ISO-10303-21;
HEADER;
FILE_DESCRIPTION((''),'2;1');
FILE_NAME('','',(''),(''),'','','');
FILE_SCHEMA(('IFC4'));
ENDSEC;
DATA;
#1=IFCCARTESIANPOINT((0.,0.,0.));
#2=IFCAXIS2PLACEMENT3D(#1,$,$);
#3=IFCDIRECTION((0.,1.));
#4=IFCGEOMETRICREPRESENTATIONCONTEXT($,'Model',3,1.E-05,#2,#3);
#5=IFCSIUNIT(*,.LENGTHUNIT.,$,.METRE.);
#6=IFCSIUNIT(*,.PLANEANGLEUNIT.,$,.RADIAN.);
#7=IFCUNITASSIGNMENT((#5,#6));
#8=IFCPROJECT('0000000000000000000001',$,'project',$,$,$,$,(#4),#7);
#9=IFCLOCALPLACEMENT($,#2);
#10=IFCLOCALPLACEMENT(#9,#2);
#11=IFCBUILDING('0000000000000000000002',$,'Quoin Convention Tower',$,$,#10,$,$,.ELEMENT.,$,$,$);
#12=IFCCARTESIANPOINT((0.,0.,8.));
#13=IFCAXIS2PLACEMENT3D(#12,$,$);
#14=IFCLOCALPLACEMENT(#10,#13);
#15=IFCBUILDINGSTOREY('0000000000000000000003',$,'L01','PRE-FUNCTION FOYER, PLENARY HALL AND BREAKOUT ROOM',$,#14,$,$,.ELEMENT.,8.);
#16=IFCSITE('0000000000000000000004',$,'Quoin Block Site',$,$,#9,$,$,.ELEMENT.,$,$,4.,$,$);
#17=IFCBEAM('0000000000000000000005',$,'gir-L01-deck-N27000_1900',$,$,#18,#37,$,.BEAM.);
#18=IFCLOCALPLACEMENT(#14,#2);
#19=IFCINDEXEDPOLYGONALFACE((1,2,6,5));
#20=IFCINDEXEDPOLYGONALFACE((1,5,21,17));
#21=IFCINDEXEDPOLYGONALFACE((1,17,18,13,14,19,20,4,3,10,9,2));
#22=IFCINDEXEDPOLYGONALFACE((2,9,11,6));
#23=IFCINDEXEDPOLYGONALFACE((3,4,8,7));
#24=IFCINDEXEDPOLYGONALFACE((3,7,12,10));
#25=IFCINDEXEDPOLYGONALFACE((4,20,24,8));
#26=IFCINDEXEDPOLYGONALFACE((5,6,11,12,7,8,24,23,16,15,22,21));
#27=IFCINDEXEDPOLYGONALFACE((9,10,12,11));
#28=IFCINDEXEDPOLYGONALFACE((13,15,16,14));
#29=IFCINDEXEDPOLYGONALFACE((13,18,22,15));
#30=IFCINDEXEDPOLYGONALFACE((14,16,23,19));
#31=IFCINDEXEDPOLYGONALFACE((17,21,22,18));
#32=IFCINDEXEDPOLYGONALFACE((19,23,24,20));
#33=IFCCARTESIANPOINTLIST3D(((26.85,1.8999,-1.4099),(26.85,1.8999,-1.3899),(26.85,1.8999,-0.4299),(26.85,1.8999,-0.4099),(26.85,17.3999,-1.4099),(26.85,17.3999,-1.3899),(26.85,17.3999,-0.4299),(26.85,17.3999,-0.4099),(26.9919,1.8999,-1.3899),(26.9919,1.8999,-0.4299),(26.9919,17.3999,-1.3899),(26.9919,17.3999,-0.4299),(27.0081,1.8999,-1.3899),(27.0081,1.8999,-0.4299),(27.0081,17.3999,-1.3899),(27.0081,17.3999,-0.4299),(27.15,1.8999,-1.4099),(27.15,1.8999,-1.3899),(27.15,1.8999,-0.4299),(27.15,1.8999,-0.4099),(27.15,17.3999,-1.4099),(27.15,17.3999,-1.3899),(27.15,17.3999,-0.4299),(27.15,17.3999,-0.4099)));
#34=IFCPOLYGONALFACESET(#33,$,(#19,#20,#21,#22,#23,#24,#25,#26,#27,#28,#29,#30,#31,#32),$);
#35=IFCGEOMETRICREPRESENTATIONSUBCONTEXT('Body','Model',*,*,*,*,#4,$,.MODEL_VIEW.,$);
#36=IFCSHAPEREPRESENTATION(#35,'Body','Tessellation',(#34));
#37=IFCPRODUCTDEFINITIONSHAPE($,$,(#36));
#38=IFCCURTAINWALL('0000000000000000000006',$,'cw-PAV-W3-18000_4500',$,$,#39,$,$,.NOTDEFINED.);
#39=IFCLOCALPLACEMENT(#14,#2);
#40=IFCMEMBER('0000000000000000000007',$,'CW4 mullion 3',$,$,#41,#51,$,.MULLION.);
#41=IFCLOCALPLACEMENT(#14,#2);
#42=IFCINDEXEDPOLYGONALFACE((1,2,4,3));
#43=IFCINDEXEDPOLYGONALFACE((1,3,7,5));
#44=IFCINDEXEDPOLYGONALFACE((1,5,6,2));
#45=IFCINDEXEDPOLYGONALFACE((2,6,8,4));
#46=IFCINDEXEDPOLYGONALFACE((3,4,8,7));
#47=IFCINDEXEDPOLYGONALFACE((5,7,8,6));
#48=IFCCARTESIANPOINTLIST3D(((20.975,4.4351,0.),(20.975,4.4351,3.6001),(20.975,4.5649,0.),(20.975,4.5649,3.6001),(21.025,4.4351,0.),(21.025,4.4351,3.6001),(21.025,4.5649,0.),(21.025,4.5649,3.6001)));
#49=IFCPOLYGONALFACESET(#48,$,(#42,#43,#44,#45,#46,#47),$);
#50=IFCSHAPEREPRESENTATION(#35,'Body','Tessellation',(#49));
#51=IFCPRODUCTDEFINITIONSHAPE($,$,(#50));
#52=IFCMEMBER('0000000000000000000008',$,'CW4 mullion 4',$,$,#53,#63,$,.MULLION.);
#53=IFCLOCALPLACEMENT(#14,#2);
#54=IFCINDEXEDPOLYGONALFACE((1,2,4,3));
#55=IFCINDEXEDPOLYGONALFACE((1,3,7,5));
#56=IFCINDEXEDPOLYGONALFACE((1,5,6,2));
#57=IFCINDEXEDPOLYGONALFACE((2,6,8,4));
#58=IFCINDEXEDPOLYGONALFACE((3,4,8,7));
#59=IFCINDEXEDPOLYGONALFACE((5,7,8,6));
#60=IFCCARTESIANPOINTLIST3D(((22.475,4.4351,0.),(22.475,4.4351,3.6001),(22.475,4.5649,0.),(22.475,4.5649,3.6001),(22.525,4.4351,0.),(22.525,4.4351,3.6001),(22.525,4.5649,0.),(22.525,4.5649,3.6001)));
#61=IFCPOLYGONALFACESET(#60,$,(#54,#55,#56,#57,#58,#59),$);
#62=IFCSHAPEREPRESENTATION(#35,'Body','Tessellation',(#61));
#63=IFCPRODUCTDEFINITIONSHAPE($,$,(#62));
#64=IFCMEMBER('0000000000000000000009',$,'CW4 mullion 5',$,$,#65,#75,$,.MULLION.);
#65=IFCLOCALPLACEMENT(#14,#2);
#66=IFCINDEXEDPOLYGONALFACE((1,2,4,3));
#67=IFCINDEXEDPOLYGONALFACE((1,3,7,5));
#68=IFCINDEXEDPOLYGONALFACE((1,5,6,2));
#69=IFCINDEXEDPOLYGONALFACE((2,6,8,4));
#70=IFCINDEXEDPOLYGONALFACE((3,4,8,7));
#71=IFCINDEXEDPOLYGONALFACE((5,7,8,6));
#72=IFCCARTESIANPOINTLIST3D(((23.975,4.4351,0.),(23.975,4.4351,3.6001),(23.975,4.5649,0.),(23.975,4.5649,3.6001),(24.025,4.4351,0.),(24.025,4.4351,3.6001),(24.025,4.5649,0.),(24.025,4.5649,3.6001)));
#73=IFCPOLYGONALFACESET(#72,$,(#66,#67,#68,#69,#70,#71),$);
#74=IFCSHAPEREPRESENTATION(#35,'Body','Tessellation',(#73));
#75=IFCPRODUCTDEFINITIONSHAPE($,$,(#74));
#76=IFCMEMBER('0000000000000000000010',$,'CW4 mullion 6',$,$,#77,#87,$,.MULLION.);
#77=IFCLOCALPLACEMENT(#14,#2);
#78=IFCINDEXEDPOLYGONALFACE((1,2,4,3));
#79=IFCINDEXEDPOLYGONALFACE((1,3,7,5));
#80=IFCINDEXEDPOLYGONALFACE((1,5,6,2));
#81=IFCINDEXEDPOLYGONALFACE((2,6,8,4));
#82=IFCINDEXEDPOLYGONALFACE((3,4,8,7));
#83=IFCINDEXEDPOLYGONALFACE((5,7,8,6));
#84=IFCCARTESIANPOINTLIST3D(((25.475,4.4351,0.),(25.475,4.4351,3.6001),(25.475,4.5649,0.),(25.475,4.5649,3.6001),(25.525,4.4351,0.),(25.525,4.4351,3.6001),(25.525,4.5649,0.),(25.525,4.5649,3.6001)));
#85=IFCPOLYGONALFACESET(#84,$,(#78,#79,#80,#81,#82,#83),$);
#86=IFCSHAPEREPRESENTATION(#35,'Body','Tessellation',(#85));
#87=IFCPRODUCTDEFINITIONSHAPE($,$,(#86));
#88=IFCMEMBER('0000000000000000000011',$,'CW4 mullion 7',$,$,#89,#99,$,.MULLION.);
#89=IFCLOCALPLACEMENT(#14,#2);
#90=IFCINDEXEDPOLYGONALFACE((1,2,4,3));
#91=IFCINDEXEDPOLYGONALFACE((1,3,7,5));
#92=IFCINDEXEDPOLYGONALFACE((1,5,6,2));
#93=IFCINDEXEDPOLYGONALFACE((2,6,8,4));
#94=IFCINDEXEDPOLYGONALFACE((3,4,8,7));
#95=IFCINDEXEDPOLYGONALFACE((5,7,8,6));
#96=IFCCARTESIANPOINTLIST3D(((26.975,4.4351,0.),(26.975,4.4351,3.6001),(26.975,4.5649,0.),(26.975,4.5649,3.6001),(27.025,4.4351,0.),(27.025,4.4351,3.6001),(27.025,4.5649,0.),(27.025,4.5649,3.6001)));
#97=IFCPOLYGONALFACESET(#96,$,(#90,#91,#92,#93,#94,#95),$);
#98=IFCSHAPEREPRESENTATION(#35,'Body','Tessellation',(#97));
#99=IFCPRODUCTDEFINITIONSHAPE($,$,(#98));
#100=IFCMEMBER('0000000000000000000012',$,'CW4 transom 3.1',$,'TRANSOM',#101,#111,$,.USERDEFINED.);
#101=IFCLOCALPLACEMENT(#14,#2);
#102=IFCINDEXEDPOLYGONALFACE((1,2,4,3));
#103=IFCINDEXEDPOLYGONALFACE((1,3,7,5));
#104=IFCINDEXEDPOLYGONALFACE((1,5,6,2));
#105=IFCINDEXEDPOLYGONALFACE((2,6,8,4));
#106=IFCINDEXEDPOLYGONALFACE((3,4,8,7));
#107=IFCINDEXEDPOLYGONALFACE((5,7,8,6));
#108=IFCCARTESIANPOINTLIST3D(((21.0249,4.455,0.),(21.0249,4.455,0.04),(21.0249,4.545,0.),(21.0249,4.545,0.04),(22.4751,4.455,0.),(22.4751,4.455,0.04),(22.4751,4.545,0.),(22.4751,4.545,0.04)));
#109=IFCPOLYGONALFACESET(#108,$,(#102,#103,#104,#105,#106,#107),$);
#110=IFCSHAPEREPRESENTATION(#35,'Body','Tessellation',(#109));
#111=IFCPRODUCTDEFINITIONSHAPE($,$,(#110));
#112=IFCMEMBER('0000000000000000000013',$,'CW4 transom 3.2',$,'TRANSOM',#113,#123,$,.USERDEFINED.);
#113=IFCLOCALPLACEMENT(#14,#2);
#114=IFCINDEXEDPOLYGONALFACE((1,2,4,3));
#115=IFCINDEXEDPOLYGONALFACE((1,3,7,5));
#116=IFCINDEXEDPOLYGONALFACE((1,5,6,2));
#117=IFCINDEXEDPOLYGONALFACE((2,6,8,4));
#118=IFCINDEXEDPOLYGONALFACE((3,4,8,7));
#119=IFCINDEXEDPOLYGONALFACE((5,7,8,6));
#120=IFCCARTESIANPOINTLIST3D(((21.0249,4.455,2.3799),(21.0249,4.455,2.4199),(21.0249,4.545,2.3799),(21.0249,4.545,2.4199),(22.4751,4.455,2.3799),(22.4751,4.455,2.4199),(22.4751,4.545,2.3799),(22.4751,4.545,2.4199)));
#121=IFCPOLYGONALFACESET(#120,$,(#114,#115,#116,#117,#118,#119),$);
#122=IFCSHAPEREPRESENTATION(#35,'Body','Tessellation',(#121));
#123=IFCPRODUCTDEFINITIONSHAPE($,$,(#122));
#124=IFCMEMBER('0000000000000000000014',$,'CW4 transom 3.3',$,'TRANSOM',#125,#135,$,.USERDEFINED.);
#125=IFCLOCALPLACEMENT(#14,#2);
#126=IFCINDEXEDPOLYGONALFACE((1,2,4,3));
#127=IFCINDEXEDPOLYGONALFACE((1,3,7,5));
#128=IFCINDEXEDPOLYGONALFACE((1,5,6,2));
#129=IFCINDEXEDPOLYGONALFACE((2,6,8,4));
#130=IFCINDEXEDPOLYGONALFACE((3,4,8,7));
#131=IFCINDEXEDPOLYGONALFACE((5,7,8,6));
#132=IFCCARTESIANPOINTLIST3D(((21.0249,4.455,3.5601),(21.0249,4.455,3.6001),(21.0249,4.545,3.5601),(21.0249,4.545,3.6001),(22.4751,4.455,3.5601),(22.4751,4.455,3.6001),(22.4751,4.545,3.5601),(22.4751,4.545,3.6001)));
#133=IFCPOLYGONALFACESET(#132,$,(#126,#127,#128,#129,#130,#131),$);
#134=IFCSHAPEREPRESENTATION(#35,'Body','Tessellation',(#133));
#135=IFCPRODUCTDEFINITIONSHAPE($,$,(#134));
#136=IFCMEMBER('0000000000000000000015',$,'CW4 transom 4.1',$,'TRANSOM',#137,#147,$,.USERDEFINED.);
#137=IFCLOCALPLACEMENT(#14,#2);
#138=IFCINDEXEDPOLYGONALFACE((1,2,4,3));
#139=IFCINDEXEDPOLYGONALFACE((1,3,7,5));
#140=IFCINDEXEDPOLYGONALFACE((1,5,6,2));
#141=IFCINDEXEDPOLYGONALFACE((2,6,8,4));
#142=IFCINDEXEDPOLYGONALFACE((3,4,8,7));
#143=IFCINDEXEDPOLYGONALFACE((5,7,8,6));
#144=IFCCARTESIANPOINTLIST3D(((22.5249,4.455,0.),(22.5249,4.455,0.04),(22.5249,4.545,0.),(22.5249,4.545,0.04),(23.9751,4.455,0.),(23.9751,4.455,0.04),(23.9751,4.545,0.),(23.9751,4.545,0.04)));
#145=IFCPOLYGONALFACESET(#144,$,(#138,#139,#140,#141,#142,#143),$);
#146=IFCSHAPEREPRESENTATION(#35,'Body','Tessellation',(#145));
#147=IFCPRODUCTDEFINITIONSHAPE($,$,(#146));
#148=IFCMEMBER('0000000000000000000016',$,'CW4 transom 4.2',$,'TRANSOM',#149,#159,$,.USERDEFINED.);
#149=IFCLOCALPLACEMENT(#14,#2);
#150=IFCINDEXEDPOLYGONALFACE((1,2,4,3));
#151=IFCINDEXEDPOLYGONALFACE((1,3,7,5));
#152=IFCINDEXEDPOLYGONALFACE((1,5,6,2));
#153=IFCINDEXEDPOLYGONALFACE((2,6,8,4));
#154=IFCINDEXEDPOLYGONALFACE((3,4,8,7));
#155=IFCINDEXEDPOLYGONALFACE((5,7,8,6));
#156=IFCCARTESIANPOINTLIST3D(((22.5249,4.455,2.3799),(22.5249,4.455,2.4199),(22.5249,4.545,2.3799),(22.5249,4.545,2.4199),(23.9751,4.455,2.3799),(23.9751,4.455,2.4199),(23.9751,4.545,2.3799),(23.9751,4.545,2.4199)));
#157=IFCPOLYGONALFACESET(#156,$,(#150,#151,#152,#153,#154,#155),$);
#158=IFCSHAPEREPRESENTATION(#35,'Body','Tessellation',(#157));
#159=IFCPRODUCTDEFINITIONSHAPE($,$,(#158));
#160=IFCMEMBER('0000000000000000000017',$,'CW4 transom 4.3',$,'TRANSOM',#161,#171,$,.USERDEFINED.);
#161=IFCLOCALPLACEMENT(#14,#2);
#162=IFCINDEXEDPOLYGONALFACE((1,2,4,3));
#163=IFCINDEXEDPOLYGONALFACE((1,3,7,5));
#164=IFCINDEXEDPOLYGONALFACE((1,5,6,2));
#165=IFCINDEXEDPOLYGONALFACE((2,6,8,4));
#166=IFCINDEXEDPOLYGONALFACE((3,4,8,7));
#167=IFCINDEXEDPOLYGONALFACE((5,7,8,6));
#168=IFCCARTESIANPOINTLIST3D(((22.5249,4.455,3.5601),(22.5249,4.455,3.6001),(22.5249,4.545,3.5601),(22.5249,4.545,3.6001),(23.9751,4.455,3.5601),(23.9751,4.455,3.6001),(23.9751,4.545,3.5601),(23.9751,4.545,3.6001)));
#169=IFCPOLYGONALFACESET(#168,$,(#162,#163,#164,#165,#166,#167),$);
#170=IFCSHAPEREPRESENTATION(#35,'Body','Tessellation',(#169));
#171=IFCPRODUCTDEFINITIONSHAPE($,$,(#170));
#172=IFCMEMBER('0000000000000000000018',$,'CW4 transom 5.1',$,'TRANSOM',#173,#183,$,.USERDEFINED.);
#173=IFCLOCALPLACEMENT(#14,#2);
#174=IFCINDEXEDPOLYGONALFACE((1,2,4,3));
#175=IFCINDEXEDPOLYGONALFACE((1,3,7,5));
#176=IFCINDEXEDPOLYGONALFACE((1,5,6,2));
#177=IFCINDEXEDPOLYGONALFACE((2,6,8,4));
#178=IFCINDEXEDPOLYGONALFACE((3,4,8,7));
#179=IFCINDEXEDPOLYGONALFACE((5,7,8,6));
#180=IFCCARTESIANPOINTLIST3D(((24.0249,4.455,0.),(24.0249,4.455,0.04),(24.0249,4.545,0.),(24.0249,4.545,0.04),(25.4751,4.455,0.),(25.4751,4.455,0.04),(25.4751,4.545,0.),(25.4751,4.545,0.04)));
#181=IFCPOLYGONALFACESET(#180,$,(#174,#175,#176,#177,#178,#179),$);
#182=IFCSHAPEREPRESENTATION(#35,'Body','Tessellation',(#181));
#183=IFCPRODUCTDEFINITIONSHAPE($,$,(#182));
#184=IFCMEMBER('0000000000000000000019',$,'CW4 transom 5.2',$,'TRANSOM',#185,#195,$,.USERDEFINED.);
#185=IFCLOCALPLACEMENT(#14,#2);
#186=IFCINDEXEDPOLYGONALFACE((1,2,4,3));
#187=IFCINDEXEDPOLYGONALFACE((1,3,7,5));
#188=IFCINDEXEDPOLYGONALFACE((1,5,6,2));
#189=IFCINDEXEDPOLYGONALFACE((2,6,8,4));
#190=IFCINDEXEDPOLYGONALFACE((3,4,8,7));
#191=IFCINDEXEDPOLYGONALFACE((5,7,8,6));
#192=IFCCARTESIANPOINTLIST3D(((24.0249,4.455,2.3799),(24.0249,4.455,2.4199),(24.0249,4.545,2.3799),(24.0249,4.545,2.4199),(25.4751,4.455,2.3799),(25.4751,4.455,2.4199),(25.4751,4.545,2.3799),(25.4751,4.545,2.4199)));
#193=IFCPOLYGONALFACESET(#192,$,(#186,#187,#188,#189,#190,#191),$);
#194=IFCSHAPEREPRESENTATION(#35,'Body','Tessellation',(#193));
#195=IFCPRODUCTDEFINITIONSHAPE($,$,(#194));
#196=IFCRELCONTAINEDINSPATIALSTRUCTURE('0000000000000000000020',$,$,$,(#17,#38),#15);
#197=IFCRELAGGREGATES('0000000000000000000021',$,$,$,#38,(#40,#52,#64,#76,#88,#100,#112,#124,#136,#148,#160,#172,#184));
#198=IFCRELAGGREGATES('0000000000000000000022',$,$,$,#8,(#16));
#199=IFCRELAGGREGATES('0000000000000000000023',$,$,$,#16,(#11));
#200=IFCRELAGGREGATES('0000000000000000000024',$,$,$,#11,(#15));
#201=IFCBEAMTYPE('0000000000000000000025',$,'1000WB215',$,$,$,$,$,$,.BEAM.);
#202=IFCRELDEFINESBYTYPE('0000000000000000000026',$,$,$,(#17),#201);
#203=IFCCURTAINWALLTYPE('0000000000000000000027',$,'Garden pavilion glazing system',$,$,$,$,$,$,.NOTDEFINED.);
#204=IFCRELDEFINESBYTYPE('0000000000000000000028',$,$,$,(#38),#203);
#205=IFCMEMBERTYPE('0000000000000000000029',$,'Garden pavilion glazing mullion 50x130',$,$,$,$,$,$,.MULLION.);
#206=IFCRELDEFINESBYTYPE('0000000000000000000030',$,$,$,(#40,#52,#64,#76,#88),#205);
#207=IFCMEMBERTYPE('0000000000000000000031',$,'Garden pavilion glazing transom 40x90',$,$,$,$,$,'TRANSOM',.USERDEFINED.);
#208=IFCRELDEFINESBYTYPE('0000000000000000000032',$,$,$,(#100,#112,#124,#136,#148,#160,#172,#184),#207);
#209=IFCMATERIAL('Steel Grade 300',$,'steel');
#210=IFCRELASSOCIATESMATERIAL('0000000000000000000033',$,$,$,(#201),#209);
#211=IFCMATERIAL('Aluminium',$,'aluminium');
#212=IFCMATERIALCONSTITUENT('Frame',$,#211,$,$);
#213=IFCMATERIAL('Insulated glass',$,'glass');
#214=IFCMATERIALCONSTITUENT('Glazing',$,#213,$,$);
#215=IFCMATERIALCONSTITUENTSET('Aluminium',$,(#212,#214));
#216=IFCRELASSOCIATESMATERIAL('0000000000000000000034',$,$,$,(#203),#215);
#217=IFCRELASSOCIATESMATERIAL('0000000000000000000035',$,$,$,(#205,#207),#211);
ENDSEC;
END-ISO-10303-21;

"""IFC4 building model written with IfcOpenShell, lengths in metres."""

from ifc_helpers import new_model, si_unit, direction, frame, origin, origin_2d, place, context, subcontext, project, spatial, rectangle, i_section, extrude, material, constituent, constituent_set, material_profile, profile_set, type_object, element, aggregate, save


model = new_model("IFC4")

# Units and contexts
model_context = context("Model", 3, precision=1e-05, world=origin(), true_north=direction((0.0, 1.0)))
body_context = subcontext(model_context, "Body", "Model", "MODEL_VIEW")
ifc_project = project(units=[si_unit("LENGTHUNIT", "METRE"), si_unit("PLANEANGLEUNIT", "RADIAN")], contexts=[model_context])

# Site, building, storey
site_placement = place(None, origin())
site = spatial("IfcSite", under=ifc_project, at=site_placement, Name="Quoin Block Site", CompositionType="ELEMENT", RefElevation=4.0)
building_placement = place(site_placement, origin())
building = spatial("IfcBuilding", under=site, at=building_placement, Name="Quoin Convention Tower", CompositionType="ELEMENT")
storey_placement = place(building_placement, frame((0.0, 0.0, 8.0)))
storey = spatial("IfcBuildingStorey", under=building, at=storey_placement, Name="L01", Description="PRE-FUNCTION FOYER, PLENARY HALL AND BREAKOUT ROOM", CompositionType="ELEMENT", Elevation=8.0)

# Beam
ifc_material_1 = material(Name="Steel Grade 300", Category="steel")
ifc_material_profile_1 = material_profile(ifc_material_1, i_section(OverallWidth=0.3, OverallDepth=1.0, WebThickness=0.0161, FlangeThickness=0.02, at=origin_2d()), Name="1000WB215")
ifc_profile_set_1 = profile_set([ifc_material_profile_1], Name="Steel Grade 300")
beam_type_1 = type_object("IfcBeamType", Name="1000WB215", PredefinedType="BEAM", material=ifc_profile_set_1)
beam_1_placement = place(storey_placement, frame((27.0, 1.8999, -0.9099), z_axis=(0.0, 1.0, 0.0), x_axis=(-1.0, 0.0, 0.0)))
element("IfcBeam", 1, at=beam_1_placement, inside=storey, type_object=beam_type_1, Name="gir-L01-deck-N27000_1900", PredefinedType="BEAM", context=body_context, shape_type="SweptSolid", body=[
    extrude(i_section(OverallWidth=0.3, OverallDepth=1.0, WebThickness=0.0161, FlangeThickness=0.02, at=origin_2d()), origin(), (0.0, 0.0, 1.0), 15.5),
])

# Curtain wall, members
ifc_material_2 = material(Name="Aluminium", Category="aluminium")
ifc_constituent_1 = constituent(ifc_material_2, Name="Frame")
ifc_material_3 = material(Name="Insulated glass", Category="glass")
ifc_constituent_2 = constituent(ifc_material_3, Name="Glazing")
ifc_constituent_set = constituent_set(constituents=[ifc_constituent_1, ifc_constituent_2], Name="Aluminium")
curtain_wall_type = type_object("IfcCurtainWallType", Name="Garden pavilion glazing system", PredefinedType="NOTDEFINED", material=ifc_constituent_set)
curtain_wall_placement = place(storey_placement, origin())
curtain_wall = element("IfcCurtainWall", 2, at=curtain_wall_placement, inside=storey, type_object=curtain_wall_type, Name="cw-PAV-W3-18000_4500", PredefinedType="NOTDEFINED")
ifc_material_profile_2 = material_profile(ifc_material_2, rectangle(XDim=0.1299, YDim=0.05, at=origin_2d()), Name="Garden pavilion glazing mullion 50x130")
ifc_profile_set_2 = profile_set([ifc_material_profile_2], Name="Aluminium")
member_type_1 = type_object("IfcMemberType", Name="Garden pavilion glazing mullion 50x130", PredefinedType="MULLION", material=ifc_profile_set_2)
member_1_placement = place(storey_placement, frame((21.0, 4.5, 0.0), z_axis=(0.0, 0.0, 1.0), x_axis=(0.0, 1.0, 0.0)))
member_1 = element("IfcMember", 3, at=member_1_placement, type_object=member_type_1, Name="CW4 mullion 3", PredefinedType="MULLION", context=body_context, shape_type="SweptSolid", body=[
    extrude(rectangle(XDim=0.1299, YDim=0.05, at=origin_2d()), origin(), (0.0, 0.0, 1.0), 3.6001),
])
member_2_placement = place(storey_placement, frame((22.5, 4.5, 0.0), z_axis=(0.0, 0.0, 1.0), x_axis=(0.0, 1.0, 0.0)))
member_2 = element("IfcMember", 4, at=member_2_placement, type_object=member_type_1, Name="CW4 mullion 4", PredefinedType="MULLION", context=body_context, shape_type="SweptSolid", body=[
    extrude(rectangle(XDim=0.1299, YDim=0.05, at=origin_2d()), origin(), (0.0, 0.0, 1.0), 3.6001),
])
member_3_placement = place(storey_placement, frame((24.0, 4.5, 0.0), z_axis=(0.0, 0.0, 1.0), x_axis=(0.0, 1.0, 0.0)))
member_3 = element("IfcMember", 5, at=member_3_placement, type_object=member_type_1, Name="CW4 mullion 5", PredefinedType="MULLION", context=body_context, shape_type="SweptSolid", body=[
    extrude(rectangle(XDim=0.1299, YDim=0.05, at=origin_2d()), origin(), (0.0, 0.0, 1.0), 3.6001),
])
member_4_placement = place(storey_placement, frame((25.5, 4.5, 0.0), z_axis=(0.0, 0.0, 1.0), x_axis=(0.0, 1.0, 0.0)))
member_4 = element("IfcMember", 6, at=member_4_placement, type_object=member_type_1, Name="CW4 mullion 6", PredefinedType="MULLION", context=body_context, shape_type="SweptSolid", body=[
    extrude(rectangle(XDim=0.1299, YDim=0.05, at=origin_2d()), origin(), (0.0, 0.0, 1.0), 3.6001),
])
member_5_placement = place(storey_placement, frame((27.0, 4.5, 0.0), z_axis=(0.0, 0.0, 1.0), x_axis=(0.0, 1.0, 0.0)))
member_5 = element("IfcMember", 7, at=member_5_placement, type_object=member_type_1, Name="CW4 mullion 7", PredefinedType="MULLION", context=body_context, shape_type="SweptSolid", body=[
    extrude(rectangle(XDim=0.1299, YDim=0.05, at=origin_2d()), origin(), (0.0, 0.0, 1.0), 3.6001),
])
ifc_material_profile_3 = material_profile(ifc_material_2, rectangle(XDim=0.0901, YDim=0.04, at=origin_2d()), Name="Garden pavilion glazing transom 40x90")
ifc_profile_set_3 = profile_set([ifc_material_profile_3], Name="Aluminium")
member_type_2 = type_object("IfcMemberType", Name="Garden pavilion glazing transom 40x90", ElementType="TRANSOM", PredefinedType="USERDEFINED", material=ifc_profile_set_3)
member_6_placement = place(storey_placement, frame((21.0249, 4.5, 0.02), z_axis=(1.0, 0.0, 0.0), x_axis=(0.0, 1.0, 0.0)))
member_6 = element("IfcMember", 8, at=member_6_placement, type_object=member_type_2, Name="CW4 transom 3.1", ObjectType="TRANSOM", PredefinedType="USERDEFINED", context=body_context, shape_type="SweptSolid", body=[
    extrude(rectangle(XDim=0.0901, YDim=0.04, at=origin_2d()), origin(), (0.0, 0.0, 1.0), 1.4502),
])
member_7_placement = place(storey_placement, frame((21.0249, 4.5, 2.3999), z_axis=(1.0, 0.0, 0.0), x_axis=(0.0, 1.0, 0.0)))
member_7 = element("IfcMember", 9, at=member_7_placement, type_object=member_type_2, Name="CW4 transom 3.2", ObjectType="TRANSOM", PredefinedType="USERDEFINED", context=body_context, shape_type="SweptSolid", body=[
    extrude(rectangle(XDim=0.0901, YDim=0.04, at=origin_2d()), origin(), (0.0, 0.0, 1.0), 1.4502),
])
member_8_placement = place(storey_placement, frame((21.0249, 4.5, 3.5801), z_axis=(1.0, 0.0, 0.0), x_axis=(0.0, 1.0, 0.0)))
member_8 = element("IfcMember", 10, at=member_8_placement, type_object=member_type_2, Name="CW4 transom 3.3", ObjectType="TRANSOM", PredefinedType="USERDEFINED", context=body_context, shape_type="SweptSolid", body=[
    extrude(rectangle(XDim=0.0901, YDim=0.04, at=origin_2d()), origin(), (0.0, 0.0, 1.0), 1.4502),
])
member_9_placement = place(storey_placement, frame((22.5249, 4.5, 0.02), z_axis=(1.0, 0.0, 0.0), x_axis=(0.0, 1.0, 0.0)))
member_9 = element("IfcMember", 11, at=member_9_placement, type_object=member_type_2, Name="CW4 transom 4.1", ObjectType="TRANSOM", PredefinedType="USERDEFINED", context=body_context, shape_type="SweptSolid", body=[
    extrude(rectangle(XDim=0.0901, YDim=0.04, at=origin_2d()), origin(), (0.0, 0.0, 1.0), 1.4502),
])
member_10_placement = place(storey_placement, frame((22.5249, 4.5, 2.3999), z_axis=(1.0, 0.0, 0.0), x_axis=(0.0, 1.0, 0.0)))
member_10 = element("IfcMember", 12, at=member_10_placement, type_object=member_type_2, Name="CW4 transom 4.2", ObjectType="TRANSOM", PredefinedType="USERDEFINED", context=body_context, shape_type="SweptSolid", body=[
    extrude(rectangle(XDim=0.0901, YDim=0.04, at=origin_2d()), origin(), (0.0, 0.0, 1.0), 1.4502),
])
member_11_placement = place(storey_placement, frame((22.5249, 4.5, 3.5801), z_axis=(1.0, 0.0, 0.0), x_axis=(0.0, 1.0, 0.0)))
member_11 = element("IfcMember", 13, at=member_11_placement, type_object=member_type_2, Name="CW4 transom 4.3", ObjectType="TRANSOM", PredefinedType="USERDEFINED", context=body_context, shape_type="SweptSolid", body=[
    extrude(rectangle(XDim=0.0901, YDim=0.04, at=origin_2d()), origin(), (0.0, 0.0, 1.0), 1.4502),
])
member_12_placement = place(storey_placement, frame((24.0249, 4.5, 0.02), z_axis=(1.0, 0.0, 0.0), x_axis=(0.0, 1.0, 0.0)))
member_12 = element("IfcMember", 14, at=member_12_placement, type_object=member_type_2, Name="CW4 transom 5.1", ObjectType="TRANSOM", PredefinedType="USERDEFINED", context=body_context, shape_type="SweptSolid", body=[
    extrude(rectangle(XDim=0.0901, YDim=0.04, at=origin_2d()), origin(), (0.0, 0.0, 1.0), 1.4502),
])
member_13_placement = place(storey_placement, frame((24.0249, 4.5, 2.3999), z_axis=(1.0, 0.0, 0.0), x_axis=(0.0, 1.0, 0.0)))
member_13 = element("IfcMember", 15, at=member_13_placement, type_object=member_type_2, Name="CW4 transom 5.2", ObjectType="TRANSOM", PredefinedType="USERDEFINED", context=body_context, shape_type="SweptSolid", body=[
    extrude(rectangle(XDim=0.0901, YDim=0.04, at=origin_2d()), origin(), (0.0, 0.0, 1.0), 1.4502),
])

aggregate(curtain_wall, [member_1, member_2, member_3, member_4, member_5, member_6, member_7, member_8, member_9, member_10, member_11, member_12, member_13])

save(model, "model.ifc")
